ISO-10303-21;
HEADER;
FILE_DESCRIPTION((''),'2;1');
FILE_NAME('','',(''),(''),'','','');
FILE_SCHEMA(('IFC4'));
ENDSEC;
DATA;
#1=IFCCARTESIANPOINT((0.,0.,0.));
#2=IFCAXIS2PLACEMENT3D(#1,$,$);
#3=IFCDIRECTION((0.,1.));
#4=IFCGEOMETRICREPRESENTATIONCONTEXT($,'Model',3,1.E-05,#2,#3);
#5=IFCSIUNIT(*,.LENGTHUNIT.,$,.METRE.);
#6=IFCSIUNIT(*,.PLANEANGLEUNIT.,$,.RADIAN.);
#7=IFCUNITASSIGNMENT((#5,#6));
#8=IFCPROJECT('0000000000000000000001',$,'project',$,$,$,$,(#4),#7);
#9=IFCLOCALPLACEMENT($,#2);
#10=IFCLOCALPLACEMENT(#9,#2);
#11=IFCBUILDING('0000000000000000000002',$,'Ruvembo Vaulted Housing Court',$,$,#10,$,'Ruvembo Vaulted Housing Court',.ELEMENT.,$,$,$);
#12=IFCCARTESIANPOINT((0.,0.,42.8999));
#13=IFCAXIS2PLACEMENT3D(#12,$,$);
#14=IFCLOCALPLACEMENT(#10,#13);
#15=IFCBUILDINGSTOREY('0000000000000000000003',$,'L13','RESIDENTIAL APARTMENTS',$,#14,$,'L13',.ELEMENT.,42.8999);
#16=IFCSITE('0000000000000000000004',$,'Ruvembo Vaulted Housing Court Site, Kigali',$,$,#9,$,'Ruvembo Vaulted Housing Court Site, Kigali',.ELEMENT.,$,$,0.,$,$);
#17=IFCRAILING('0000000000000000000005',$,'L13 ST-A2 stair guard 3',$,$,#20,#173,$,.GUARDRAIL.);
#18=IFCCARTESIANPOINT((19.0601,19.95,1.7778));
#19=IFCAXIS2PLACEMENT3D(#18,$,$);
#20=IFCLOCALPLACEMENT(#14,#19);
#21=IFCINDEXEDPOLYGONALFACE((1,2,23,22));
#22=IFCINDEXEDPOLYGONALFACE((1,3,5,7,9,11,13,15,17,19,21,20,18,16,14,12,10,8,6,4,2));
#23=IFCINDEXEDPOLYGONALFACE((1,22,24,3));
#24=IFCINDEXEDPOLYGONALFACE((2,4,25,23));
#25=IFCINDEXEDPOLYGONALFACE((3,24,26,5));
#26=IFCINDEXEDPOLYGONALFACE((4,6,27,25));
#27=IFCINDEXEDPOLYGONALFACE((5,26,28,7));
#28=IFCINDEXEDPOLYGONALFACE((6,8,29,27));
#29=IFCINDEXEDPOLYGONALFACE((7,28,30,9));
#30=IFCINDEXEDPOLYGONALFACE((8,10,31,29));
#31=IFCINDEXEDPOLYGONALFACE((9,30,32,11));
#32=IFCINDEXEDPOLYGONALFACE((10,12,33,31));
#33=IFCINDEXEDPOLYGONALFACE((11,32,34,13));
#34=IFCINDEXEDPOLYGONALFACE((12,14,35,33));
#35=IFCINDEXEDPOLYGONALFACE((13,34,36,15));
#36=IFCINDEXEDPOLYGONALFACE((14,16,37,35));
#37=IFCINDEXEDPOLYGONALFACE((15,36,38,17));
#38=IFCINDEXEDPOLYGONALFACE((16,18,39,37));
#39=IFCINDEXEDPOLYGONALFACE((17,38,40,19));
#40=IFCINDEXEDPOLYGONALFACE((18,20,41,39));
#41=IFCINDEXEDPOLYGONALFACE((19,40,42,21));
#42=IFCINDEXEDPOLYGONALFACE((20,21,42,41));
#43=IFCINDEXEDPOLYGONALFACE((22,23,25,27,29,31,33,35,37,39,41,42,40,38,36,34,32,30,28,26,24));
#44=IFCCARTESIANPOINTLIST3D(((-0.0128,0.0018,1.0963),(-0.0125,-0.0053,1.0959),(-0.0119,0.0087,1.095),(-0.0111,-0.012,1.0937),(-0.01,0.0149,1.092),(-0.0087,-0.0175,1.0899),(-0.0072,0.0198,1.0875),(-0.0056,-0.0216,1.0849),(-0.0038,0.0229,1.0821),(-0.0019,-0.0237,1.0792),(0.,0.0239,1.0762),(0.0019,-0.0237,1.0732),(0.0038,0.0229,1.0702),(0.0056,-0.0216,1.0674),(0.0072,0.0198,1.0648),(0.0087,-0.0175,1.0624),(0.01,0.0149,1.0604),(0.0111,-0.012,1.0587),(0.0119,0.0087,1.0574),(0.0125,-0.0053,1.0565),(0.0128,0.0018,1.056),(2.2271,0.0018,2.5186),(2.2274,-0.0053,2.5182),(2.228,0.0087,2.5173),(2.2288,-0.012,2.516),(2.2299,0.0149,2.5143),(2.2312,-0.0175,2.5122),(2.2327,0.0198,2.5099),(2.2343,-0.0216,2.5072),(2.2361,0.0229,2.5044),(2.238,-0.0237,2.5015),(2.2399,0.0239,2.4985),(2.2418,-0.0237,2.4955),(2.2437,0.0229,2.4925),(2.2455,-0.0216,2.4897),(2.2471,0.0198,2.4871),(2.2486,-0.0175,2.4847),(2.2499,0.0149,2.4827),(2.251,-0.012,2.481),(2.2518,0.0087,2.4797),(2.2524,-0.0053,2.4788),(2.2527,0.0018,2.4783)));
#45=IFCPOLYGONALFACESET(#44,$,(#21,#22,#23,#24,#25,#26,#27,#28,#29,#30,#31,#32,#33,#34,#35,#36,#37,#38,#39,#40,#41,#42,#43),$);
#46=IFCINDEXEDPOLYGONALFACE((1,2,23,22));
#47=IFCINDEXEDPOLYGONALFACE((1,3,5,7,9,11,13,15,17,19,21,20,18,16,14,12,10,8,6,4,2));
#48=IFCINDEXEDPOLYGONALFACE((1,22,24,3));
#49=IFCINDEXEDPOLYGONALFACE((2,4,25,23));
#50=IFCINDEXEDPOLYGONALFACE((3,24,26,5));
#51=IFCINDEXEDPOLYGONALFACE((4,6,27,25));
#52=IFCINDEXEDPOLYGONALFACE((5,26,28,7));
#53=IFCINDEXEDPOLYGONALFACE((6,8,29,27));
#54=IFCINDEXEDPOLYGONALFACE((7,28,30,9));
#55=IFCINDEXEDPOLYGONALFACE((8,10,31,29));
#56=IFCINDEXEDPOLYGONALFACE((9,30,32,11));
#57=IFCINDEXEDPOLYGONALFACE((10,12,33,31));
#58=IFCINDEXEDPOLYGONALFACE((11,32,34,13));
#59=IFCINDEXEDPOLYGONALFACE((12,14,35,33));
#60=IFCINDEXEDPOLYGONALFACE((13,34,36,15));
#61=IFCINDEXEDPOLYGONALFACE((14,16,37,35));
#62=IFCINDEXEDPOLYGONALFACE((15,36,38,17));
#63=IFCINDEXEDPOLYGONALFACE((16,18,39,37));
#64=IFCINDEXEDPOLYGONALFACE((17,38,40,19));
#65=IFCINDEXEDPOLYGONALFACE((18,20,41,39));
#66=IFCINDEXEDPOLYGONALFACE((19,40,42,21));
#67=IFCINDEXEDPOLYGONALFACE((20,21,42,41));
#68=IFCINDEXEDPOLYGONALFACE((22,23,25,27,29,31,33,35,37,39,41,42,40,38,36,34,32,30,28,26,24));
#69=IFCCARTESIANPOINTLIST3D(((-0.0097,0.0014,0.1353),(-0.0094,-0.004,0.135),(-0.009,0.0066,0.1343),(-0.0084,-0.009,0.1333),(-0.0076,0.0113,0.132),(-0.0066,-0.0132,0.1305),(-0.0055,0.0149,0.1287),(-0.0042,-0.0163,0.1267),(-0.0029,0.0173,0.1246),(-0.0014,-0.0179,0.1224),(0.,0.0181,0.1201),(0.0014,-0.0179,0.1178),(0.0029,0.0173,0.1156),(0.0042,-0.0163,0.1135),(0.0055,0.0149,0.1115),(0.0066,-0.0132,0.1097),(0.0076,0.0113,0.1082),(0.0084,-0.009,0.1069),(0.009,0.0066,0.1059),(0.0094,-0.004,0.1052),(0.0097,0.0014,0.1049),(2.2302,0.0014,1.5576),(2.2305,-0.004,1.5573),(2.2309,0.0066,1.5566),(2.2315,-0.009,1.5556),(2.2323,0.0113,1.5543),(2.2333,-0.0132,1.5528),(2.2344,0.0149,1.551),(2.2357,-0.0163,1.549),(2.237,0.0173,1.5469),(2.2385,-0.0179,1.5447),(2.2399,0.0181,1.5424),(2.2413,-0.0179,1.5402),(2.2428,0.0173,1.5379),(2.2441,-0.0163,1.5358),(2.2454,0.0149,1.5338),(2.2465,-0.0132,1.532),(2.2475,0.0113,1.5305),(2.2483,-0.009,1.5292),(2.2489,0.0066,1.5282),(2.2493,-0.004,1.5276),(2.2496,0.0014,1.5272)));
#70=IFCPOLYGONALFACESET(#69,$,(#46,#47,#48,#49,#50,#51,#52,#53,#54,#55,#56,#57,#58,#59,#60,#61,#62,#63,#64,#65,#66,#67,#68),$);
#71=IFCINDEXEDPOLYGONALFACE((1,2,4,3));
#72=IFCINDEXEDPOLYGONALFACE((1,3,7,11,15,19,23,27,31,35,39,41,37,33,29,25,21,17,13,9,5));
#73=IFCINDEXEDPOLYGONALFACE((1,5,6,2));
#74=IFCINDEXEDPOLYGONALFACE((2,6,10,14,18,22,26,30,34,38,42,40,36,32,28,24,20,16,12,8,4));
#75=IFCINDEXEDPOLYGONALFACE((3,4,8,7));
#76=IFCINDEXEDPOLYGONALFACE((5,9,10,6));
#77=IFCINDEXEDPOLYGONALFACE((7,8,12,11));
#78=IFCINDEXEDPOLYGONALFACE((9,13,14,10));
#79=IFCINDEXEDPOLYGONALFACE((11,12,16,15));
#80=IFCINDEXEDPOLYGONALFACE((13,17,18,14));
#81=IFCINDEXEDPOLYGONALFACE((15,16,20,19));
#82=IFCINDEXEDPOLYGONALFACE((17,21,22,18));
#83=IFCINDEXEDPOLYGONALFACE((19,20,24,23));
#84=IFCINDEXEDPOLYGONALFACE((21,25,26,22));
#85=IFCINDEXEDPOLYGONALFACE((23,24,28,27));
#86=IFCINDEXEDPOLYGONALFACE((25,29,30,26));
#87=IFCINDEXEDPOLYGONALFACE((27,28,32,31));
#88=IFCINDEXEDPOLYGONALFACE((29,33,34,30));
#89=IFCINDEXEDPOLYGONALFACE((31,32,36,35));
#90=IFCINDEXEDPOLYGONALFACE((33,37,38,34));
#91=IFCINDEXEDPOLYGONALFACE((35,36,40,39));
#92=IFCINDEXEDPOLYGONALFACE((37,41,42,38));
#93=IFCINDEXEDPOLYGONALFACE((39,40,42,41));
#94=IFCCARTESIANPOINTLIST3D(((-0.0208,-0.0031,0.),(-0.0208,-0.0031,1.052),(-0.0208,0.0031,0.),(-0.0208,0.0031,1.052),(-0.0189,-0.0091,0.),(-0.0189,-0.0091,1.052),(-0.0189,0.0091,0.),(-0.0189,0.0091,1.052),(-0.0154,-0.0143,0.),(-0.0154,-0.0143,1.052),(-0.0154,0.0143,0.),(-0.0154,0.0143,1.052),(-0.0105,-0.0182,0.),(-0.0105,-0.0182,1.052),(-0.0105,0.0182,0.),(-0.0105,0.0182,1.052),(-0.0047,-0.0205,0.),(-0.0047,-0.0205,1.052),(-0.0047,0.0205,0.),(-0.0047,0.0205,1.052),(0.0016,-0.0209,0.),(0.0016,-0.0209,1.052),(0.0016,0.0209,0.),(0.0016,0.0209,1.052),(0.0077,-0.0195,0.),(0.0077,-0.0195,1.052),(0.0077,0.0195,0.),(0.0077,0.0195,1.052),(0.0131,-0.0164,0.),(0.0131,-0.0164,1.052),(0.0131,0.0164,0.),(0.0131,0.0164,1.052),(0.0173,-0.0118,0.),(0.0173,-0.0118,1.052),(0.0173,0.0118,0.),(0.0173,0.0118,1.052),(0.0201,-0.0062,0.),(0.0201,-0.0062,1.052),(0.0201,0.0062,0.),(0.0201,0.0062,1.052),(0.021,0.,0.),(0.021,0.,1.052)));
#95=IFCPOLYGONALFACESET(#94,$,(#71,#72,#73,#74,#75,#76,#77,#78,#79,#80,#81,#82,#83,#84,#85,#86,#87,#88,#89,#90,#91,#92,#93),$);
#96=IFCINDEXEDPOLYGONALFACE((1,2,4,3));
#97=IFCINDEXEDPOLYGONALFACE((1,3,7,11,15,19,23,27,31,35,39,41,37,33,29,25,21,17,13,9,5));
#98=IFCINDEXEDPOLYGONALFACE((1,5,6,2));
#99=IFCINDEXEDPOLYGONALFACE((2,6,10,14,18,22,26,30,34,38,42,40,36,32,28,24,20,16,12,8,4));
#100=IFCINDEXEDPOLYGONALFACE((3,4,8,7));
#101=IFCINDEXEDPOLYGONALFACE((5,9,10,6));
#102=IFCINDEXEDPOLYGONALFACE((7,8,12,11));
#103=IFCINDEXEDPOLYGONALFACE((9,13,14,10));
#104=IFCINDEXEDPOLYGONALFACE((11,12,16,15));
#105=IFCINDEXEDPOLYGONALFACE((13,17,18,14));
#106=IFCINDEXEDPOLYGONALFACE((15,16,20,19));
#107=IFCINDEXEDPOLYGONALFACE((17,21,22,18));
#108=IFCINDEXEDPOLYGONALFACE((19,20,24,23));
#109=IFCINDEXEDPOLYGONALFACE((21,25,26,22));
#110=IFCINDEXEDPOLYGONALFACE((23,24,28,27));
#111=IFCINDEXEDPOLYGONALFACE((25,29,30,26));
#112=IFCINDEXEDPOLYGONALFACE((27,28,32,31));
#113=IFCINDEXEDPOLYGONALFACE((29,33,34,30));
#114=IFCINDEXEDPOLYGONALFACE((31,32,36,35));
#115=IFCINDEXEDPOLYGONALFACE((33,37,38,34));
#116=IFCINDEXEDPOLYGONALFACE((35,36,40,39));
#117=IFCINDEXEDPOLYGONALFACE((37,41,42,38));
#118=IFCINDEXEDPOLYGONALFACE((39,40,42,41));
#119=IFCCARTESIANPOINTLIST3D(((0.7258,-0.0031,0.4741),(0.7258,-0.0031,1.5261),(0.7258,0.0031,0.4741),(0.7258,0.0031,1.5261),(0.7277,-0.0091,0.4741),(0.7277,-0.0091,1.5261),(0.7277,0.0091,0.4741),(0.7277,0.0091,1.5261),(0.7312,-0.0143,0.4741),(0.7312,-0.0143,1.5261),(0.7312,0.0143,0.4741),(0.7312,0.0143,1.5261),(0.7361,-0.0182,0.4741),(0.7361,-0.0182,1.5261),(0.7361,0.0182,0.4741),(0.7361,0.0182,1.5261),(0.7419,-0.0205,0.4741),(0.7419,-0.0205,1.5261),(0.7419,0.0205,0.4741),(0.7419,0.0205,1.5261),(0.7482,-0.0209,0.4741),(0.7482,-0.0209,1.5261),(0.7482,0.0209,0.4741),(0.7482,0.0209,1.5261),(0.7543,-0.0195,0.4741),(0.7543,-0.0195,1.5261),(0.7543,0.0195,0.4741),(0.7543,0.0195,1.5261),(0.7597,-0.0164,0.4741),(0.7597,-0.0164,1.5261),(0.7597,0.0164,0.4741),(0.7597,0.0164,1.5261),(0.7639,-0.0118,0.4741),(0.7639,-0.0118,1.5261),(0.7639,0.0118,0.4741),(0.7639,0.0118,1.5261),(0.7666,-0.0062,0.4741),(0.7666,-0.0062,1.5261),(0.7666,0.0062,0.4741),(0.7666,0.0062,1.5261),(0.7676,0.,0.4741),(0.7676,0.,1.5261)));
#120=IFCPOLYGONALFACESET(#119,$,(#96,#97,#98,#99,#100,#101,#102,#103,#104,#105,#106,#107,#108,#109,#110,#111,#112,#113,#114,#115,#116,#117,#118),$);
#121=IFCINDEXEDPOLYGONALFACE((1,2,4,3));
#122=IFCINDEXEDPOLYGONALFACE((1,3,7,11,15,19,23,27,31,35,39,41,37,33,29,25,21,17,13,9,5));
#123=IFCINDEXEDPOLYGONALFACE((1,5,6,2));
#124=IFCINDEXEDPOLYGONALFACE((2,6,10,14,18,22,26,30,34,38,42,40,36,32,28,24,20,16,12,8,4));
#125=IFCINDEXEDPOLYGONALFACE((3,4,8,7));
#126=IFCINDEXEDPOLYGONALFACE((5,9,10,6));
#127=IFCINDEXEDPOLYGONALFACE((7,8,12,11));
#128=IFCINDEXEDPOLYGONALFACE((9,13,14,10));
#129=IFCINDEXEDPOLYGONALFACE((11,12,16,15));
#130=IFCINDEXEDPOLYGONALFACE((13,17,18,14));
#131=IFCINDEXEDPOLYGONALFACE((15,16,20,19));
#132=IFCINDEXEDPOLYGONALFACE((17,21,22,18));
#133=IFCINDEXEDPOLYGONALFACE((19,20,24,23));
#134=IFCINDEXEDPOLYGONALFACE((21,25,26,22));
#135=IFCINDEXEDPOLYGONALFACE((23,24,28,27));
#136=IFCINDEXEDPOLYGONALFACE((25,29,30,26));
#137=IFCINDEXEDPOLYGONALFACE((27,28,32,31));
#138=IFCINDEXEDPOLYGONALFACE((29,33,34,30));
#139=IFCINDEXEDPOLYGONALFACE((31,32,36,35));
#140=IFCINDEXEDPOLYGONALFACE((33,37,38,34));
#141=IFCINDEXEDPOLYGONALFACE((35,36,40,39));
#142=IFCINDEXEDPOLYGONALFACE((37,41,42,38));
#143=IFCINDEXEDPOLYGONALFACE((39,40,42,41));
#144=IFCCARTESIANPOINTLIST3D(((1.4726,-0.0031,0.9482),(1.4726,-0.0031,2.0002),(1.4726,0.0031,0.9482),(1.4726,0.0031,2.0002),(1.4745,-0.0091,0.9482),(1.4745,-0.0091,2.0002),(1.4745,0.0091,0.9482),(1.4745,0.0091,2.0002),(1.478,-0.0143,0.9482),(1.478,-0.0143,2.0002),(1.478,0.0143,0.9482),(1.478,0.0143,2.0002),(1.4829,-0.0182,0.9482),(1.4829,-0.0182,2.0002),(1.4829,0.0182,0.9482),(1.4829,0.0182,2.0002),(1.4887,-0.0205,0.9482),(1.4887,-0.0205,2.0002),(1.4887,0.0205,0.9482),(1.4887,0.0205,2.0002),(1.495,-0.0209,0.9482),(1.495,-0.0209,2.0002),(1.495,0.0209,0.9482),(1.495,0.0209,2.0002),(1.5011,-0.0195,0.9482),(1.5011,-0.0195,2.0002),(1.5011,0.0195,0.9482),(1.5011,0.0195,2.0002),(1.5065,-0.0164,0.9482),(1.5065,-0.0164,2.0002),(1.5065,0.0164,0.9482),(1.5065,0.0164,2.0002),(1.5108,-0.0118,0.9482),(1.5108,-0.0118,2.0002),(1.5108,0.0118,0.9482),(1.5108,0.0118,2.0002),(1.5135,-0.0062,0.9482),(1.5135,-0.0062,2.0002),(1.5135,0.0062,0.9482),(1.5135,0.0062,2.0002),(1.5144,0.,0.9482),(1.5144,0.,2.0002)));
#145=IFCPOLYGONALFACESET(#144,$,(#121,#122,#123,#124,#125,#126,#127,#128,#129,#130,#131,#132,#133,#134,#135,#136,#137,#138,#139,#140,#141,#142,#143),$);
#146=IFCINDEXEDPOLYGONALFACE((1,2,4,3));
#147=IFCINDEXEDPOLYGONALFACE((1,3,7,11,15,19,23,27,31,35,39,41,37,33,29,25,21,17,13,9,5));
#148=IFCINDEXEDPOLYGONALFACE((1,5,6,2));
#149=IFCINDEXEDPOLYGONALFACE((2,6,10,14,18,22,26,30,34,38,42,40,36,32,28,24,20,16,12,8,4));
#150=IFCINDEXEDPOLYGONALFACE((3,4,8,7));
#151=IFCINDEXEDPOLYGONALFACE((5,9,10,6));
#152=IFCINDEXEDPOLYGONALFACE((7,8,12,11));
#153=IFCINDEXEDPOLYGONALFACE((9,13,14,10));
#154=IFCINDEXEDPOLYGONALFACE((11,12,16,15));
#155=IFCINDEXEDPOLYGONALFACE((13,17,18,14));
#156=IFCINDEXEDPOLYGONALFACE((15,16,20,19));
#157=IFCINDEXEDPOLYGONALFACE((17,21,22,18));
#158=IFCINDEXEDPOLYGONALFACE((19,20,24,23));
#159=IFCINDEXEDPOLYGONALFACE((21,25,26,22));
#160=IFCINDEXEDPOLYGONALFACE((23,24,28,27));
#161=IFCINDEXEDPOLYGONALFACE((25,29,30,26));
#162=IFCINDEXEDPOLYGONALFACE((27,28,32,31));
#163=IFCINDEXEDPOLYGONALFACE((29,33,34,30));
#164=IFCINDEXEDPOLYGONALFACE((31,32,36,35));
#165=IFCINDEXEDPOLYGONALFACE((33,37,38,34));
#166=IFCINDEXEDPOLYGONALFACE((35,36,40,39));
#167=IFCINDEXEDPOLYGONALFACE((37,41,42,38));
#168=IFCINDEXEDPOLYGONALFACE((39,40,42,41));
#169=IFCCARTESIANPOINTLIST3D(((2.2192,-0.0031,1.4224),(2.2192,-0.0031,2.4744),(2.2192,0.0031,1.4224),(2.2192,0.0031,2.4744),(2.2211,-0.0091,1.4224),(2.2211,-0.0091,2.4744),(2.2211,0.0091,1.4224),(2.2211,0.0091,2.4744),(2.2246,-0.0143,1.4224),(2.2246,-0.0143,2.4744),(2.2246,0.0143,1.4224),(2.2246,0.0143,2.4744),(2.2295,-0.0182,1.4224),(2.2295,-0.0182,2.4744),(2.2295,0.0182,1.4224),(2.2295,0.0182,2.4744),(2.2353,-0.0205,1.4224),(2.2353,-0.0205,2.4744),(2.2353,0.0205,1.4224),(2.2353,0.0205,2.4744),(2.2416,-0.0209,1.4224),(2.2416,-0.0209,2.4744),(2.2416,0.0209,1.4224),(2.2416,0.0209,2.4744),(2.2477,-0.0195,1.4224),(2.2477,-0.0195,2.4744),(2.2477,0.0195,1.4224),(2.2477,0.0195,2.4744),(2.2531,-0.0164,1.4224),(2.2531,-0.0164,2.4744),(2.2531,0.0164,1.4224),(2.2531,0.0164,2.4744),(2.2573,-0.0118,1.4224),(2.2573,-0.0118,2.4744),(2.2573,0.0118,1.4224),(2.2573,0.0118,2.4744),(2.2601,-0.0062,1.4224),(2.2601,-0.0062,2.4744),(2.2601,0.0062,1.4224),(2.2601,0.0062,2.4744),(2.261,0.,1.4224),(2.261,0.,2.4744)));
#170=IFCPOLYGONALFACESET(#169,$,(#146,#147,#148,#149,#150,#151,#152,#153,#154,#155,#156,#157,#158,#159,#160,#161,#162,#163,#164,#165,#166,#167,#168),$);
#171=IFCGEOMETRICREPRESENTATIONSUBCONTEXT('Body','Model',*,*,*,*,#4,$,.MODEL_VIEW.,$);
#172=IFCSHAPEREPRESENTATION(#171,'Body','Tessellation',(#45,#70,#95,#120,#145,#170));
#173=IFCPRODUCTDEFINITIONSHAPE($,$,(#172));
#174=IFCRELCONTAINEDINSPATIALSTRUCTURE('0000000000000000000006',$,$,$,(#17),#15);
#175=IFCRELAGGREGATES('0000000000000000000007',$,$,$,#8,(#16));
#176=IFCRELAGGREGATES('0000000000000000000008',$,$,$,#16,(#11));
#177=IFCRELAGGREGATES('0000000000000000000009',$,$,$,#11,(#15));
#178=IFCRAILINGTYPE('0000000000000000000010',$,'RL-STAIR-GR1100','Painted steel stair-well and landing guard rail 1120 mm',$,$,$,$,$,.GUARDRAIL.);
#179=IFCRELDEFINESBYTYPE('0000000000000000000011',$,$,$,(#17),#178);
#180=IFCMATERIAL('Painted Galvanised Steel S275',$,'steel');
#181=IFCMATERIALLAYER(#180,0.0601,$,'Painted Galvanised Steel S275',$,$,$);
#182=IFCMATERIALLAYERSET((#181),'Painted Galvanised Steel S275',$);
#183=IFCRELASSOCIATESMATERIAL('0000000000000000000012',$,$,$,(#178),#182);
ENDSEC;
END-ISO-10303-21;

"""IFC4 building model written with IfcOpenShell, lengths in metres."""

from ifc_helpers import new_model, si_unit, direction, frame, origin, origin_2d, place, context, subcontext, project, spatial, circle, extrude, material, layer, layer_set, type_object, element, save


model = new_model("IFC4")

# Units and contexts
model_context = context("Model", 3, precision=1e-05, world=origin(), true_north=direction((0.0, 1.0)))
body_context = subcontext(model_context, "Body", "Model", "MODEL_VIEW")
ifc_project = project(units=[si_unit("LENGTHUNIT", "METRE"), si_unit("PLANEANGLEUNIT", "RADIAN")], contexts=[model_context])

# Site, building, storey
site_placement = place(None, origin())
site = spatial("IfcSite", under=ifc_project, at=site_placement, Name="Ruvembo Vaulted Housing Court Site, Kigali", LongName="Ruvembo Vaulted Housing Court Site, Kigali", CompositionType="ELEMENT", RefElevation=0.0)
building_placement = place(site_placement, origin())
building = spatial("IfcBuilding", under=site, at=building_placement, Name="Ruvembo Vaulted Housing Court", LongName="Ruvembo Vaulted Housing Court", CompositionType="ELEMENT")
storey_placement = place(building_placement, frame((0.0, 0.0, 42.8999)))
storey = spatial("IfcBuildingStorey", under=building, at=storey_placement, Name="L13", Description="RESIDENTIAL APARTMENTS", LongName="L13", CompositionType="ELEMENT", Elevation=42.8999)

# Railing
ifc_material_1 = material(Name="Painted Galvanised Steel S275", Category="steel")
ifc_layer_1 = layer(ifc_material_1, 0.0601, Name="Painted Galvanised Steel S275")
ifc_layer_set_1 = layer_set([ifc_layer_1], Name="Painted Galvanised Steel S275")
railing_type_1 = type_object("IfcRailingType", Name="RL-STAIR-GR1100", Description="Painted steel stair-well and landing guard rail 1120 mm", PredefinedType="GUARDRAIL", material=ifc_layer_set_1)
railing_1_placement = place(storey_placement, frame((19.0601, 19.95, 1.7778)))
element("IfcRailing", 1, at=railing_1_placement, inside=storey, type_object=railing_type_1, Name="L13 ST-A2 stair guard 3", PredefinedType="GUARDRAIL", context=body_context, shape_type="SweptSolid", body=[
    extrude(circle(Radius=0.0239, at=origin_2d()), frame((0.0, 0.0, 1.0762), z_axis=(0.844188, 0.0, 0.536048), x_axis=(0.0, 1.0, 0.0)), (0.0, 0.0, 1.0), 2.6533),
    extrude(circle(Radius=0.0181, at=origin_2d()), frame((0.0, 0.0, 0.1201), z_axis=(0.844188, 0.0, 0.536048), x_axis=(0.0, 1.0, 0.0)), (0.0, 0.0, 1.0), 2.6533),
    extrude(circle(Radius=0.021, at=origin_2d()), origin(), (0.0, 0.0, 1.0), 1.052),
    extrude(circle(Radius=0.021, at=origin_2d()), frame((0.7466, 0.0, 0.4741)), (0.0, 0.0, 1.0), 1.052),
    extrude(circle(Radius=0.021, at=origin_2d()), frame((1.4934, 0.0, 0.9482)), (0.0, 0.0, 1.0), 1.052),
    extrude(circle(Radius=0.021, at=origin_2d()), frame((2.24, 0.0, 1.4224)), (0.0, 0.0, 1.0), 1.052),
])

save(model, "model.ifc")
